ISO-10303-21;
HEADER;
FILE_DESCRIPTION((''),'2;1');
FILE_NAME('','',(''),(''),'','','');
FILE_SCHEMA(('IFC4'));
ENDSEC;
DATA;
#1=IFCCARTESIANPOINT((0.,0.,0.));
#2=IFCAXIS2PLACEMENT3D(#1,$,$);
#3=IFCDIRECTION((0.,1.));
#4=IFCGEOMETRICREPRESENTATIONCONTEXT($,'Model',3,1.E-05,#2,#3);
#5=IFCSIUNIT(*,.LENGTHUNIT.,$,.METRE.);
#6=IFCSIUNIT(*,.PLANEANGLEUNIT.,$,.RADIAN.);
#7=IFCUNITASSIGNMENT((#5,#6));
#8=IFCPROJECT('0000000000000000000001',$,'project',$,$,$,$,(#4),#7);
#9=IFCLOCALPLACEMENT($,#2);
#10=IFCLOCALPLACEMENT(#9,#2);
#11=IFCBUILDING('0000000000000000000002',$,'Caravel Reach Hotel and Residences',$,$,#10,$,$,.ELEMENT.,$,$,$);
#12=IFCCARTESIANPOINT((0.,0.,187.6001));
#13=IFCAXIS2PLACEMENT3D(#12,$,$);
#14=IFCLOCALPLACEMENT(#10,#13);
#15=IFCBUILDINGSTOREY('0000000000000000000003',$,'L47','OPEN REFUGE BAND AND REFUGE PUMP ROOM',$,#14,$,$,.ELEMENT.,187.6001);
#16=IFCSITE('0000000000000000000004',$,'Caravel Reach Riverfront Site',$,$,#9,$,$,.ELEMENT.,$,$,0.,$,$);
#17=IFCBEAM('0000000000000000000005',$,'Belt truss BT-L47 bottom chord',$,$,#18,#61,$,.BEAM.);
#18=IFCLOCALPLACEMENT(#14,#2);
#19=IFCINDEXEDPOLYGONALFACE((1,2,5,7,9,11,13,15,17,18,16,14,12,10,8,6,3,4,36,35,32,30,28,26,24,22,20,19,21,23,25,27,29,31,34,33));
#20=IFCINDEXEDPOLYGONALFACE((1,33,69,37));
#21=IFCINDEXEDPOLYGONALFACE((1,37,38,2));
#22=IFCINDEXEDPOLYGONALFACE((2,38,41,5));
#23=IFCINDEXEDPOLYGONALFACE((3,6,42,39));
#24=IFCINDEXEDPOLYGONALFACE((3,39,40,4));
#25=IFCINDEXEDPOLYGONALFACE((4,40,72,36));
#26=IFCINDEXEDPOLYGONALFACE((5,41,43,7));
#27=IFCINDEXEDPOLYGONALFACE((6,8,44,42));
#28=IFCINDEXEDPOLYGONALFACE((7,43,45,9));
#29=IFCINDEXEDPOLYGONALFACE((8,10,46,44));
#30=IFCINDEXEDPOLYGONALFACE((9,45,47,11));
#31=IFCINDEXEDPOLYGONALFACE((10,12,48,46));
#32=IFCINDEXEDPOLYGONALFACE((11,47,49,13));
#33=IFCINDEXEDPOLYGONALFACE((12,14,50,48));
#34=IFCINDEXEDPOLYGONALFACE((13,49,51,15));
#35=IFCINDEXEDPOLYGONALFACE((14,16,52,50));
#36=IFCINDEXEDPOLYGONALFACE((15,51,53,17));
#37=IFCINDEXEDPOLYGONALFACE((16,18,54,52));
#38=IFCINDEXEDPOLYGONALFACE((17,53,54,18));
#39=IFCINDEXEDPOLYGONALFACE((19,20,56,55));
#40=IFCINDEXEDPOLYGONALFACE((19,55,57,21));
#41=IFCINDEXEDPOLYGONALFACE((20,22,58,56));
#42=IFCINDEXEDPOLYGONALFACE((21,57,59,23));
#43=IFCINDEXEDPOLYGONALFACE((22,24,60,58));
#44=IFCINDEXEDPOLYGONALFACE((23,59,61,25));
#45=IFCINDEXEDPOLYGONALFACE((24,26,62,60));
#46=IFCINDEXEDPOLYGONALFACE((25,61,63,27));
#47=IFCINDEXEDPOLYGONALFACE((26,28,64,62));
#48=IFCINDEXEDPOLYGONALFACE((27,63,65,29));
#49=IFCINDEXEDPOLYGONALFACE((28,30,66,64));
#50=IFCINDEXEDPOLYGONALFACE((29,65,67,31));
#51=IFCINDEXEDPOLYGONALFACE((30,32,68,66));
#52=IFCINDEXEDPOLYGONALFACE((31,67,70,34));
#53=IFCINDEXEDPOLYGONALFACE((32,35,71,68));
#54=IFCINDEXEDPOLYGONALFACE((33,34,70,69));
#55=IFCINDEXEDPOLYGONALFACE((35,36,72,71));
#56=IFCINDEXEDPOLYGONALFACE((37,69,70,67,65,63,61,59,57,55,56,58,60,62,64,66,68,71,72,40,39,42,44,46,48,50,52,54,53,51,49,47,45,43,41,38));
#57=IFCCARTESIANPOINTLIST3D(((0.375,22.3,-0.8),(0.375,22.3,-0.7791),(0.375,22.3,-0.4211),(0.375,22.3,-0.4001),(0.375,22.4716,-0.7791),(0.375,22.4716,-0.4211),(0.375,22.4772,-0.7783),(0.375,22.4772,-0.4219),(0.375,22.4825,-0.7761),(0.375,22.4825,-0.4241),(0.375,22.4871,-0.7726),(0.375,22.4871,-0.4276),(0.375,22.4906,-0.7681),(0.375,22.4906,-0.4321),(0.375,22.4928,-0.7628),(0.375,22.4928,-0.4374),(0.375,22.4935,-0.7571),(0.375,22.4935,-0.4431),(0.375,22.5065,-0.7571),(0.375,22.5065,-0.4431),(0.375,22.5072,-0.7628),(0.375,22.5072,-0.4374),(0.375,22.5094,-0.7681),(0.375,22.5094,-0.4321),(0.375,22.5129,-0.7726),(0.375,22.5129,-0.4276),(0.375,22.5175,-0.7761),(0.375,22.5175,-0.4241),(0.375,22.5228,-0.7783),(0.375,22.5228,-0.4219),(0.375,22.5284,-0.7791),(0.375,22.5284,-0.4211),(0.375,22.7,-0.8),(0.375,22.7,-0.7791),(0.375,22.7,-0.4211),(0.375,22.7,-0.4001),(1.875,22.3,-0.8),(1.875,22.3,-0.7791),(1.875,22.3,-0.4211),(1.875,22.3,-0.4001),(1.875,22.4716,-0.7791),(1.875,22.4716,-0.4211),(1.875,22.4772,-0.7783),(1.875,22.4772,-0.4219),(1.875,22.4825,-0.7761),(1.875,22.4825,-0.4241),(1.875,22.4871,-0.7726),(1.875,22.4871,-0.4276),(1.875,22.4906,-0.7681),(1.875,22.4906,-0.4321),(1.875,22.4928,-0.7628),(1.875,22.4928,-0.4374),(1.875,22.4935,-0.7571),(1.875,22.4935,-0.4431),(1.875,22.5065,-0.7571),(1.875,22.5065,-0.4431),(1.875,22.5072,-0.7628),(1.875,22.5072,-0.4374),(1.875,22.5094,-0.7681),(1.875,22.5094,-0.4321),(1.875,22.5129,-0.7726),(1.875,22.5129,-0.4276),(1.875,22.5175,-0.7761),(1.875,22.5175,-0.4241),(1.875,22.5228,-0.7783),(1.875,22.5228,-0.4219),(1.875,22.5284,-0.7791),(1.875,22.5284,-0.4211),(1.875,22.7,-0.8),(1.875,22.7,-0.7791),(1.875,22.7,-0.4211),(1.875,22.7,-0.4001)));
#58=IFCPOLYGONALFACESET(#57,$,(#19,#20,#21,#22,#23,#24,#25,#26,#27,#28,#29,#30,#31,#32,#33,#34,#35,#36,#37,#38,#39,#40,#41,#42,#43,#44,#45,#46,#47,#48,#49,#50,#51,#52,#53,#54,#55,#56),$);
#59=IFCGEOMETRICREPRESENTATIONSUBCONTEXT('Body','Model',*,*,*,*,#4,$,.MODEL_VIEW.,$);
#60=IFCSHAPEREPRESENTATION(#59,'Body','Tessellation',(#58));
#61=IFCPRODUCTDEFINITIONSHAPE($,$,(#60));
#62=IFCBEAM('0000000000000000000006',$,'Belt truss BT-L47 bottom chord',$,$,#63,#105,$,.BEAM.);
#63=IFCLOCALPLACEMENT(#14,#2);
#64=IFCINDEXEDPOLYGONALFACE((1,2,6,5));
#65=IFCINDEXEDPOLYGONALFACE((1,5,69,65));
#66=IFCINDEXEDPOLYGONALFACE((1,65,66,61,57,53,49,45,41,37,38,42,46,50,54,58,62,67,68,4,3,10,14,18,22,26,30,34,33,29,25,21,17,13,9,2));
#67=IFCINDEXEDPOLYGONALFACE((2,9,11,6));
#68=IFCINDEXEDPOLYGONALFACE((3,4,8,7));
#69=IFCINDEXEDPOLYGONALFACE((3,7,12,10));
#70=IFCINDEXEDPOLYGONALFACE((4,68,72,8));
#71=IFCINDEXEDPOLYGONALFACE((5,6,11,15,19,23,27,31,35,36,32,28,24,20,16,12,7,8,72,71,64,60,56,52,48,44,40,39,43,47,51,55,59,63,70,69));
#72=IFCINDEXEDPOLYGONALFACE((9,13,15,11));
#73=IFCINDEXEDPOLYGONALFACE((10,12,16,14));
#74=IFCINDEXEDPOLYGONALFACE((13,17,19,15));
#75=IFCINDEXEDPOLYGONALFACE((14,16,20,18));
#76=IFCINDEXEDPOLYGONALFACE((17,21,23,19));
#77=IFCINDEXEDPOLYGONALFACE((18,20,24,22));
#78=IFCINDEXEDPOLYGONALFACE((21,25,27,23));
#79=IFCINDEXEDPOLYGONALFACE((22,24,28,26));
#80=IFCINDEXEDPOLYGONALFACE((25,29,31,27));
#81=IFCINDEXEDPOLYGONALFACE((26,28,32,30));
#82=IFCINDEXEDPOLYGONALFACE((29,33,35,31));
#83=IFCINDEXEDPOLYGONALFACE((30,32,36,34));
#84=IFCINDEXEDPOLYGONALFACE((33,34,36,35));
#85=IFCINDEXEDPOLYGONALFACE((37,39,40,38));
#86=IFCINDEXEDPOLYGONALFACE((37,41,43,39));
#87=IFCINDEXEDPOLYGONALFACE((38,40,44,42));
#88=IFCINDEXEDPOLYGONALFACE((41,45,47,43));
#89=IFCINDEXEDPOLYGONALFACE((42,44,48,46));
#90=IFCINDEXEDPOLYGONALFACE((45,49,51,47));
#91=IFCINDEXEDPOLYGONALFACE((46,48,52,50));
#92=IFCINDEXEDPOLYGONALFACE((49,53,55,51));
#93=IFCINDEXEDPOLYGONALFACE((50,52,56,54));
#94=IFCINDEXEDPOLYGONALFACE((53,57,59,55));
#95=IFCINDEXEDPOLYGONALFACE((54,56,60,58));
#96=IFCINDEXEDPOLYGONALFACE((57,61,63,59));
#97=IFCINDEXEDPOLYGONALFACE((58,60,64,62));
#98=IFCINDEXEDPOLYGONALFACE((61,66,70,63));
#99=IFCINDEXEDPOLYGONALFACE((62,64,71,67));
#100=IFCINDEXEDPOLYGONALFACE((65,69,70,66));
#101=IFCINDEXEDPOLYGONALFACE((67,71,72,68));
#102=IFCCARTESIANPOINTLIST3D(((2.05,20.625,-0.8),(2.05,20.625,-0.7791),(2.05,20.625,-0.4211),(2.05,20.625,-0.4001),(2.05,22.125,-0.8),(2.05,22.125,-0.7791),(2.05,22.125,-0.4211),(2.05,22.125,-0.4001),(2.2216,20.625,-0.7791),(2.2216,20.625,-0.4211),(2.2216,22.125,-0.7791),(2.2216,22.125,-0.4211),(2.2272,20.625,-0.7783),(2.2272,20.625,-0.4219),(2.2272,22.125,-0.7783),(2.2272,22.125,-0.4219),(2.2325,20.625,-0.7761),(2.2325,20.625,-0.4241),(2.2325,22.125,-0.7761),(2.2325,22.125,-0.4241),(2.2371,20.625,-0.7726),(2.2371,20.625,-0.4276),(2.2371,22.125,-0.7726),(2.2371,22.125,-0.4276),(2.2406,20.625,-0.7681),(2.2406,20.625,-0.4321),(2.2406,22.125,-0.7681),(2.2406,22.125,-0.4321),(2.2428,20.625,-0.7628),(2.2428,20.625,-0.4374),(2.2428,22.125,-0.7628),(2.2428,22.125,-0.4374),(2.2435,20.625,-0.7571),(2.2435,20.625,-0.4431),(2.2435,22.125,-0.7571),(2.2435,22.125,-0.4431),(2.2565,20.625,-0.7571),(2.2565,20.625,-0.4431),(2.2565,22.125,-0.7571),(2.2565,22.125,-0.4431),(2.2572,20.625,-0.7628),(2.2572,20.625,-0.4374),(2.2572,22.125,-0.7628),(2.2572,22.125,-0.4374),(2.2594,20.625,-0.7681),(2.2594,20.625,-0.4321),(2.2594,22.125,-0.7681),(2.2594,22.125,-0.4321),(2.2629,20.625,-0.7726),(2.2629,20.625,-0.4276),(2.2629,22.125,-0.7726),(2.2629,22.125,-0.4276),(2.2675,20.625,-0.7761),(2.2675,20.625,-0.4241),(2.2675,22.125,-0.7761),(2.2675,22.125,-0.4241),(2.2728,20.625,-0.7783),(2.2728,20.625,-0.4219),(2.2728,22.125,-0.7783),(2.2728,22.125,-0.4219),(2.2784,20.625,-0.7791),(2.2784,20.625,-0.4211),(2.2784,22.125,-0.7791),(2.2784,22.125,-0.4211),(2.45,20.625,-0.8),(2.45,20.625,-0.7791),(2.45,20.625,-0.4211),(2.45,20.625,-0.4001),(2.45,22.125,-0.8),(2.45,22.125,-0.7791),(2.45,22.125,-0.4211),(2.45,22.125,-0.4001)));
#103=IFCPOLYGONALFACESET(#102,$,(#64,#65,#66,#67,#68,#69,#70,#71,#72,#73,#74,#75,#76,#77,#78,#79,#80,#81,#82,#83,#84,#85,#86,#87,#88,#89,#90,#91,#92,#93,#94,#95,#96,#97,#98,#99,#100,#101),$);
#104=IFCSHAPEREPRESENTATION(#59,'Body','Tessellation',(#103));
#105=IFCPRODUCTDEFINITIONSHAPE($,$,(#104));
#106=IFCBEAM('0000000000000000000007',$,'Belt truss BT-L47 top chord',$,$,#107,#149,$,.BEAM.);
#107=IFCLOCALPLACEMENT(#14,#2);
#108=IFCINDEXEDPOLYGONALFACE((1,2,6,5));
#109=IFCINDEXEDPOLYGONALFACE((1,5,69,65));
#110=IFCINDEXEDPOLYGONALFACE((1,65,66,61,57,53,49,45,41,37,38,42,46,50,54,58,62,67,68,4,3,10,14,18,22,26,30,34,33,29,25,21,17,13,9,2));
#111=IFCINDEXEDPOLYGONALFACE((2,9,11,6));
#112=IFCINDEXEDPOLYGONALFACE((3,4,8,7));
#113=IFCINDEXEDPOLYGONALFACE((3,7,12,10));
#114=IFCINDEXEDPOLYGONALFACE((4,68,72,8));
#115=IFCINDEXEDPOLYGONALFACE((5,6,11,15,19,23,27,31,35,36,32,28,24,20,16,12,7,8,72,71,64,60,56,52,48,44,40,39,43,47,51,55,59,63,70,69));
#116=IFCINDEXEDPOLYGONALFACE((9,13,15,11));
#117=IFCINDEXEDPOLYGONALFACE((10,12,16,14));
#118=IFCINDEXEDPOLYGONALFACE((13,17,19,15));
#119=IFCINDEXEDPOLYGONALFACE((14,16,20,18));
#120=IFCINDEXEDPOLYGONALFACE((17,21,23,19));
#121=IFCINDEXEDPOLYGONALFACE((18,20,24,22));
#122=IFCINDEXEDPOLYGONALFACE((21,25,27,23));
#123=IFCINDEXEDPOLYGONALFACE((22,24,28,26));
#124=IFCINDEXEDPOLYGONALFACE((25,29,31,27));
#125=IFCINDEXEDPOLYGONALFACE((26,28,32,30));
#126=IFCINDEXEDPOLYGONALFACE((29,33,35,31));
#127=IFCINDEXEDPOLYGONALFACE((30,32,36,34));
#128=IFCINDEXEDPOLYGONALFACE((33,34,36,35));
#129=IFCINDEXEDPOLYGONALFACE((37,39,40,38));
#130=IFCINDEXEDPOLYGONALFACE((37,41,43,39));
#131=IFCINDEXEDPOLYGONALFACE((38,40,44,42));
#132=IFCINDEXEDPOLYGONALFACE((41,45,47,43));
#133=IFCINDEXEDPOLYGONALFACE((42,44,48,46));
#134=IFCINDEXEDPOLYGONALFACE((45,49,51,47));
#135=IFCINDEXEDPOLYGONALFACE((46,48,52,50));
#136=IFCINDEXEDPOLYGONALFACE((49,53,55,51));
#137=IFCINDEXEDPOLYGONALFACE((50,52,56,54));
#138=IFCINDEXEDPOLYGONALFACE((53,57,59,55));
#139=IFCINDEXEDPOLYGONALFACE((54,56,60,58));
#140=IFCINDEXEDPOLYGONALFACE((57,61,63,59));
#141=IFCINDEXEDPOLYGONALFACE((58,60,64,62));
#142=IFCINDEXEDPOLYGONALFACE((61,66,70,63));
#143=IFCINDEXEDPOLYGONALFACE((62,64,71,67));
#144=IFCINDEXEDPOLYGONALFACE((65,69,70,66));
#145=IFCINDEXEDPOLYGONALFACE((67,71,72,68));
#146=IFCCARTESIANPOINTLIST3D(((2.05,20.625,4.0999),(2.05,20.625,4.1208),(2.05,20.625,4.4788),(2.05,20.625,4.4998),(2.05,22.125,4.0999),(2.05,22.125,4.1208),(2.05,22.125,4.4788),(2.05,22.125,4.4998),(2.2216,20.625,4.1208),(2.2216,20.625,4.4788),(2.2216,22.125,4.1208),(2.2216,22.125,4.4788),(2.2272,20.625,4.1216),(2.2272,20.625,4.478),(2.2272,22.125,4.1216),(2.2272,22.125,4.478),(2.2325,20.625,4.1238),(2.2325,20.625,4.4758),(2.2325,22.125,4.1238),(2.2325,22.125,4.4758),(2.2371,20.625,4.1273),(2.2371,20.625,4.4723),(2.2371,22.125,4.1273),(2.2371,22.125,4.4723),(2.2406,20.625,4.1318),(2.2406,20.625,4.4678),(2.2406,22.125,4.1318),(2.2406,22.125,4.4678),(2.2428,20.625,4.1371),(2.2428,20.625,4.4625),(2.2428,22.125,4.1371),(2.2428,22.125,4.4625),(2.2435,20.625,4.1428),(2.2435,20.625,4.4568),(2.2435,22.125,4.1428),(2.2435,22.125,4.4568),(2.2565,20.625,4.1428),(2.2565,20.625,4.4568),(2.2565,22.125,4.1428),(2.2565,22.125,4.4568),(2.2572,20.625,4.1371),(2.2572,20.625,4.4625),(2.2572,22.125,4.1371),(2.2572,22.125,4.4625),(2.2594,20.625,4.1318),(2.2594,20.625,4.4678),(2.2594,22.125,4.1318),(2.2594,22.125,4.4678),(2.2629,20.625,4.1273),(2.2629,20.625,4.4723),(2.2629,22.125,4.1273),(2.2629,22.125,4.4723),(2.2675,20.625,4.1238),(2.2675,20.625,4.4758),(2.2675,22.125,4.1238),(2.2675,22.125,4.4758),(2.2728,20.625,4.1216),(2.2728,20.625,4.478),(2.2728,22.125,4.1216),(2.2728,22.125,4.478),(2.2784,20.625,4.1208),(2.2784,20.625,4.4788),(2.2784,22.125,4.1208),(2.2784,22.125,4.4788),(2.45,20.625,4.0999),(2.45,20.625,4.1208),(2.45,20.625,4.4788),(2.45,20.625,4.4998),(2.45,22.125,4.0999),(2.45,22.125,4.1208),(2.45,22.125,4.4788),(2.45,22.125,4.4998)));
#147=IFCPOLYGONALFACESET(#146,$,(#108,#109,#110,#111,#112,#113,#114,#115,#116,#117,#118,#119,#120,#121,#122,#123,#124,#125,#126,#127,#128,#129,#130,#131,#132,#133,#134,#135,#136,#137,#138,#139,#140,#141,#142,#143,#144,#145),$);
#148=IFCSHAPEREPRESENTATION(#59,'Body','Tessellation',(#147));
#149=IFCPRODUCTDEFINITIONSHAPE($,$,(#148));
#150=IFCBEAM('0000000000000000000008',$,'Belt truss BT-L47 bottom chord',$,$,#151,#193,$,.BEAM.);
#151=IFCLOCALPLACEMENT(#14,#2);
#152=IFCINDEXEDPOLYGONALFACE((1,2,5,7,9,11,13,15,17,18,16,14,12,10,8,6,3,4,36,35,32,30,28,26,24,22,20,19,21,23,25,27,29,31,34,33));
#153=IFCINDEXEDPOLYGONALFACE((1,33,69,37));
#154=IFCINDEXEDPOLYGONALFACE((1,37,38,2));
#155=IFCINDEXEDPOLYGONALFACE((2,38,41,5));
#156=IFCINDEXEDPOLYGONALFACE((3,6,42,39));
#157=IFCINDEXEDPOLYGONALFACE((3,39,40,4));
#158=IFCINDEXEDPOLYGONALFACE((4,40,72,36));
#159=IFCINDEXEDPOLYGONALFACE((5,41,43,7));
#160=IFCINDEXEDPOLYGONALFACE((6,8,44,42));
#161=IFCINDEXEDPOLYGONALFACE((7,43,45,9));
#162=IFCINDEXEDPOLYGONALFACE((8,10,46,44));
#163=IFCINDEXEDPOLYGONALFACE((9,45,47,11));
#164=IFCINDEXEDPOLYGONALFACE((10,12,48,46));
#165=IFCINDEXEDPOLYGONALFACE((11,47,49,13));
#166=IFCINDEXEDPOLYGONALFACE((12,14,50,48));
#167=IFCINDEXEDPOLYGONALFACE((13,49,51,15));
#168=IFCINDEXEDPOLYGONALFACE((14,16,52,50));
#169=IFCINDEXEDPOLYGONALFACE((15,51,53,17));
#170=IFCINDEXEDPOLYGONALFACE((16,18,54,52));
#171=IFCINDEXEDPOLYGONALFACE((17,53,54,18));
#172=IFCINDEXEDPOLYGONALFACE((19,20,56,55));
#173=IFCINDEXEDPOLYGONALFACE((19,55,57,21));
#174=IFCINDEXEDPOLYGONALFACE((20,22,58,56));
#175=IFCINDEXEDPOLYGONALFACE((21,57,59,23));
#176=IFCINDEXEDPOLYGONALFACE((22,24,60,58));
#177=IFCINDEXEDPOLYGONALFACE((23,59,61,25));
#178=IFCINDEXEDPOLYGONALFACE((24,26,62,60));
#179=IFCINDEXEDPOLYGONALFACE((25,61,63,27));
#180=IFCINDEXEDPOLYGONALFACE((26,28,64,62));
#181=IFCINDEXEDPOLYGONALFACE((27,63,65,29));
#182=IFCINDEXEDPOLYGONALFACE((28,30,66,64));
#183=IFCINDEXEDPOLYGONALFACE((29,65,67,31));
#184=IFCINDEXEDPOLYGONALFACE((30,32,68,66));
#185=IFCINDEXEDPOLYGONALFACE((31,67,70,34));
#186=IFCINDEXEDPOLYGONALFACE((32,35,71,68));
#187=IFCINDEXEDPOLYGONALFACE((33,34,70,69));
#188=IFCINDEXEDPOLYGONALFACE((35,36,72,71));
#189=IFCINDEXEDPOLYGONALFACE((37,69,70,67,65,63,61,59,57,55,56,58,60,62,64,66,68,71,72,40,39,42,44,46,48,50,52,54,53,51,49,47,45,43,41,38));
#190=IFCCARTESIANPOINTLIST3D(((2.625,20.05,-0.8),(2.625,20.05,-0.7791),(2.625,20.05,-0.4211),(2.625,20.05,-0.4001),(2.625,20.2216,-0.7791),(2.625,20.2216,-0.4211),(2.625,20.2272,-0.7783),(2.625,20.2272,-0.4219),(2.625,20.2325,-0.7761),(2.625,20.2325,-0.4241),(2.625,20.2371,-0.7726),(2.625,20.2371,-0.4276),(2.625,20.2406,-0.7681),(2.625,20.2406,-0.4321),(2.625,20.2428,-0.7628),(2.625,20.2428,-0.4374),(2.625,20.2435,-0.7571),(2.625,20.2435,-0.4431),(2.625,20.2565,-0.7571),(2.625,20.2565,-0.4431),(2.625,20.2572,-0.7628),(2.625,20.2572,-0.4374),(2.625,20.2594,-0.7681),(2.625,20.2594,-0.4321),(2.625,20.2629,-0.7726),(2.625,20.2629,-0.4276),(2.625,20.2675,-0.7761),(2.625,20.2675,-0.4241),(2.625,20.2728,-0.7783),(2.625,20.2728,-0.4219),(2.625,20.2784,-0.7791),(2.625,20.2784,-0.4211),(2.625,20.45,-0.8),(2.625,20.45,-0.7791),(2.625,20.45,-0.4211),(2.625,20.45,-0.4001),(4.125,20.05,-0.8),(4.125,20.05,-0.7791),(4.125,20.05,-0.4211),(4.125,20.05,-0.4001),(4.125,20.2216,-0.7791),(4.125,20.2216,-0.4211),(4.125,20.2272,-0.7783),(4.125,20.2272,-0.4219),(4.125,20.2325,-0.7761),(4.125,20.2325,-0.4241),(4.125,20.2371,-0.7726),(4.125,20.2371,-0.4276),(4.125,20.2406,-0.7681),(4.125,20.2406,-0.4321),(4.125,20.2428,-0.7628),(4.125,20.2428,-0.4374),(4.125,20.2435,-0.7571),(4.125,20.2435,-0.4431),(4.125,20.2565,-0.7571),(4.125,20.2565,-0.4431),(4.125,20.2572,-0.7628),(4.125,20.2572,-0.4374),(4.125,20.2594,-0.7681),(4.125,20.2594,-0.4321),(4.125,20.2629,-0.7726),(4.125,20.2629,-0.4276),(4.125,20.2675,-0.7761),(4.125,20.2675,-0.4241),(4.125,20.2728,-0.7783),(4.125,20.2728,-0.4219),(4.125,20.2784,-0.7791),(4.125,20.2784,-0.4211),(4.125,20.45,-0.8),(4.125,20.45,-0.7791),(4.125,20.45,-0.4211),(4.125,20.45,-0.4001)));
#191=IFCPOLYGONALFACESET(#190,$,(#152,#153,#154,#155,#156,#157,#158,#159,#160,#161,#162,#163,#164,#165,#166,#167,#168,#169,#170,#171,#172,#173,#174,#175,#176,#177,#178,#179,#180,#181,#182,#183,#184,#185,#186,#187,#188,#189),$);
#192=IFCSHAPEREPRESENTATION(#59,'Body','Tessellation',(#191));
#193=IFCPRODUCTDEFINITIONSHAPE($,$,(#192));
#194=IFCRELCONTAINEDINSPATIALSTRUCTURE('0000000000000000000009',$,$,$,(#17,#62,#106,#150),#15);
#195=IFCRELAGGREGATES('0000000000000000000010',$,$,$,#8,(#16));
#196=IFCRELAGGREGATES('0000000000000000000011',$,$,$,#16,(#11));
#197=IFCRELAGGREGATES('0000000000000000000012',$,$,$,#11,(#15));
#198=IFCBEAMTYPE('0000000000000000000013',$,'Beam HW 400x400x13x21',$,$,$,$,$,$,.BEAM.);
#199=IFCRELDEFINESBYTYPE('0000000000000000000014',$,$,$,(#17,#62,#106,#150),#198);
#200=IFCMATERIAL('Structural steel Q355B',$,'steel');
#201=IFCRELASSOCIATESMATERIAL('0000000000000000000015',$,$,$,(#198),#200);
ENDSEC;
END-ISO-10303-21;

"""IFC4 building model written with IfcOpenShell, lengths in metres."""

from ifc_helpers import new_model, si_unit, direction, frame, origin, origin_2d, place, context, subcontext, project, spatial, i_section, extrude, material, material_profile, profile_set, type_object, element, save


model = new_model("IFC4")

# Units and contexts
model_context = context("Model", 3, precision=1e-05, world=origin(), true_north=direction((0.0, 1.0)))
body_context = subcontext(model_context, "Body", "Model", "MODEL_VIEW")
ifc_project = project(units=[si_unit("LENGTHUNIT", "METRE"), si_unit("PLANEANGLEUNIT", "RADIAN")], contexts=[model_context])

# Site, building, storey
site_placement = place(None, origin())
site = spatial("IfcSite", under=ifc_project, at=site_placement, Name="Caravel Reach Riverfront Site", CompositionType="ELEMENT", RefElevation=0.0)
building_placement = place(site_placement, origin())
building = spatial("IfcBuilding", under=site, at=building_placement, Name="Caravel Reach Hotel and Residences", CompositionType="ELEMENT")
storey_placement = place(building_placement, frame((0.0, 0.0, 187.6001)))
storey = spatial("IfcBuildingStorey", under=building, at=storey_placement, Name="L47", Description="OPEN REFUGE BAND AND REFUGE PUMP ROOM", CompositionType="ELEMENT", Elevation=187.6001)

# Beams
ifc_material_1 = material(Name="Structural steel Q355B", Category="steel")
ifc_material_profile_1 = material_profile(ifc_material_1, i_section(OverallWidth=0.3999, OverallDepth=0.3999, WebThickness=0.0129, FlangeThickness=0.021, FilletRadius=0.022, at=origin_2d()), Name="HW 400x400x13x21")
ifc_profile_set_1 = profile_set([ifc_material_profile_1], Name="Structural steel Q355B")
beam_type_1 = type_object("IfcBeamType", Name="Beam HW 400x400x13x21", PredefinedType="BEAM", material=ifc_profile_set_1)
for number, where, z_axis, x_axis, name in (
    (1, (0.375, 22.5, -0.6001), (1.0, 0.0, 0.0), (0.0, 1.0, 0.0), "Belt truss BT-L47 bottom chord"),
    (2, (2.25, 22.125, -0.6001), (0.0, -1.0, 0.0), (1.0, 0.0, 0.0), "Belt truss BT-L47 bottom chord"),
    (3, (2.25, 22.125, 4.2998), (0.0, -1.0, 0.0), (1.0, 0.0, 0.0), "Belt truss BT-L47 top chord"),
    (4, (2.625, 20.25, -0.6001), (1.0, 0.0, 0.0), (0.0, 1.0, 0.0), "Belt truss BT-L47 bottom chord"),
):
    element("IfcBeam", number, at=place(storey_placement, frame(where, z_axis=z_axis, x_axis=x_axis)), inside=storey, type_object=beam_type_1, Name=name, PredefinedType="BEAM", context=body_context, shape_type="SweptSolid", body=[
        extrude(i_section(OverallWidth=0.3999, OverallDepth=0.3999, WebThickness=0.0129, FlangeThickness=0.021, FilletRadius=0.022, at=origin_2d()), origin(), (0.0, 0.0, 1.0), 1.5),
    ])

save(model, "model.ifc")
